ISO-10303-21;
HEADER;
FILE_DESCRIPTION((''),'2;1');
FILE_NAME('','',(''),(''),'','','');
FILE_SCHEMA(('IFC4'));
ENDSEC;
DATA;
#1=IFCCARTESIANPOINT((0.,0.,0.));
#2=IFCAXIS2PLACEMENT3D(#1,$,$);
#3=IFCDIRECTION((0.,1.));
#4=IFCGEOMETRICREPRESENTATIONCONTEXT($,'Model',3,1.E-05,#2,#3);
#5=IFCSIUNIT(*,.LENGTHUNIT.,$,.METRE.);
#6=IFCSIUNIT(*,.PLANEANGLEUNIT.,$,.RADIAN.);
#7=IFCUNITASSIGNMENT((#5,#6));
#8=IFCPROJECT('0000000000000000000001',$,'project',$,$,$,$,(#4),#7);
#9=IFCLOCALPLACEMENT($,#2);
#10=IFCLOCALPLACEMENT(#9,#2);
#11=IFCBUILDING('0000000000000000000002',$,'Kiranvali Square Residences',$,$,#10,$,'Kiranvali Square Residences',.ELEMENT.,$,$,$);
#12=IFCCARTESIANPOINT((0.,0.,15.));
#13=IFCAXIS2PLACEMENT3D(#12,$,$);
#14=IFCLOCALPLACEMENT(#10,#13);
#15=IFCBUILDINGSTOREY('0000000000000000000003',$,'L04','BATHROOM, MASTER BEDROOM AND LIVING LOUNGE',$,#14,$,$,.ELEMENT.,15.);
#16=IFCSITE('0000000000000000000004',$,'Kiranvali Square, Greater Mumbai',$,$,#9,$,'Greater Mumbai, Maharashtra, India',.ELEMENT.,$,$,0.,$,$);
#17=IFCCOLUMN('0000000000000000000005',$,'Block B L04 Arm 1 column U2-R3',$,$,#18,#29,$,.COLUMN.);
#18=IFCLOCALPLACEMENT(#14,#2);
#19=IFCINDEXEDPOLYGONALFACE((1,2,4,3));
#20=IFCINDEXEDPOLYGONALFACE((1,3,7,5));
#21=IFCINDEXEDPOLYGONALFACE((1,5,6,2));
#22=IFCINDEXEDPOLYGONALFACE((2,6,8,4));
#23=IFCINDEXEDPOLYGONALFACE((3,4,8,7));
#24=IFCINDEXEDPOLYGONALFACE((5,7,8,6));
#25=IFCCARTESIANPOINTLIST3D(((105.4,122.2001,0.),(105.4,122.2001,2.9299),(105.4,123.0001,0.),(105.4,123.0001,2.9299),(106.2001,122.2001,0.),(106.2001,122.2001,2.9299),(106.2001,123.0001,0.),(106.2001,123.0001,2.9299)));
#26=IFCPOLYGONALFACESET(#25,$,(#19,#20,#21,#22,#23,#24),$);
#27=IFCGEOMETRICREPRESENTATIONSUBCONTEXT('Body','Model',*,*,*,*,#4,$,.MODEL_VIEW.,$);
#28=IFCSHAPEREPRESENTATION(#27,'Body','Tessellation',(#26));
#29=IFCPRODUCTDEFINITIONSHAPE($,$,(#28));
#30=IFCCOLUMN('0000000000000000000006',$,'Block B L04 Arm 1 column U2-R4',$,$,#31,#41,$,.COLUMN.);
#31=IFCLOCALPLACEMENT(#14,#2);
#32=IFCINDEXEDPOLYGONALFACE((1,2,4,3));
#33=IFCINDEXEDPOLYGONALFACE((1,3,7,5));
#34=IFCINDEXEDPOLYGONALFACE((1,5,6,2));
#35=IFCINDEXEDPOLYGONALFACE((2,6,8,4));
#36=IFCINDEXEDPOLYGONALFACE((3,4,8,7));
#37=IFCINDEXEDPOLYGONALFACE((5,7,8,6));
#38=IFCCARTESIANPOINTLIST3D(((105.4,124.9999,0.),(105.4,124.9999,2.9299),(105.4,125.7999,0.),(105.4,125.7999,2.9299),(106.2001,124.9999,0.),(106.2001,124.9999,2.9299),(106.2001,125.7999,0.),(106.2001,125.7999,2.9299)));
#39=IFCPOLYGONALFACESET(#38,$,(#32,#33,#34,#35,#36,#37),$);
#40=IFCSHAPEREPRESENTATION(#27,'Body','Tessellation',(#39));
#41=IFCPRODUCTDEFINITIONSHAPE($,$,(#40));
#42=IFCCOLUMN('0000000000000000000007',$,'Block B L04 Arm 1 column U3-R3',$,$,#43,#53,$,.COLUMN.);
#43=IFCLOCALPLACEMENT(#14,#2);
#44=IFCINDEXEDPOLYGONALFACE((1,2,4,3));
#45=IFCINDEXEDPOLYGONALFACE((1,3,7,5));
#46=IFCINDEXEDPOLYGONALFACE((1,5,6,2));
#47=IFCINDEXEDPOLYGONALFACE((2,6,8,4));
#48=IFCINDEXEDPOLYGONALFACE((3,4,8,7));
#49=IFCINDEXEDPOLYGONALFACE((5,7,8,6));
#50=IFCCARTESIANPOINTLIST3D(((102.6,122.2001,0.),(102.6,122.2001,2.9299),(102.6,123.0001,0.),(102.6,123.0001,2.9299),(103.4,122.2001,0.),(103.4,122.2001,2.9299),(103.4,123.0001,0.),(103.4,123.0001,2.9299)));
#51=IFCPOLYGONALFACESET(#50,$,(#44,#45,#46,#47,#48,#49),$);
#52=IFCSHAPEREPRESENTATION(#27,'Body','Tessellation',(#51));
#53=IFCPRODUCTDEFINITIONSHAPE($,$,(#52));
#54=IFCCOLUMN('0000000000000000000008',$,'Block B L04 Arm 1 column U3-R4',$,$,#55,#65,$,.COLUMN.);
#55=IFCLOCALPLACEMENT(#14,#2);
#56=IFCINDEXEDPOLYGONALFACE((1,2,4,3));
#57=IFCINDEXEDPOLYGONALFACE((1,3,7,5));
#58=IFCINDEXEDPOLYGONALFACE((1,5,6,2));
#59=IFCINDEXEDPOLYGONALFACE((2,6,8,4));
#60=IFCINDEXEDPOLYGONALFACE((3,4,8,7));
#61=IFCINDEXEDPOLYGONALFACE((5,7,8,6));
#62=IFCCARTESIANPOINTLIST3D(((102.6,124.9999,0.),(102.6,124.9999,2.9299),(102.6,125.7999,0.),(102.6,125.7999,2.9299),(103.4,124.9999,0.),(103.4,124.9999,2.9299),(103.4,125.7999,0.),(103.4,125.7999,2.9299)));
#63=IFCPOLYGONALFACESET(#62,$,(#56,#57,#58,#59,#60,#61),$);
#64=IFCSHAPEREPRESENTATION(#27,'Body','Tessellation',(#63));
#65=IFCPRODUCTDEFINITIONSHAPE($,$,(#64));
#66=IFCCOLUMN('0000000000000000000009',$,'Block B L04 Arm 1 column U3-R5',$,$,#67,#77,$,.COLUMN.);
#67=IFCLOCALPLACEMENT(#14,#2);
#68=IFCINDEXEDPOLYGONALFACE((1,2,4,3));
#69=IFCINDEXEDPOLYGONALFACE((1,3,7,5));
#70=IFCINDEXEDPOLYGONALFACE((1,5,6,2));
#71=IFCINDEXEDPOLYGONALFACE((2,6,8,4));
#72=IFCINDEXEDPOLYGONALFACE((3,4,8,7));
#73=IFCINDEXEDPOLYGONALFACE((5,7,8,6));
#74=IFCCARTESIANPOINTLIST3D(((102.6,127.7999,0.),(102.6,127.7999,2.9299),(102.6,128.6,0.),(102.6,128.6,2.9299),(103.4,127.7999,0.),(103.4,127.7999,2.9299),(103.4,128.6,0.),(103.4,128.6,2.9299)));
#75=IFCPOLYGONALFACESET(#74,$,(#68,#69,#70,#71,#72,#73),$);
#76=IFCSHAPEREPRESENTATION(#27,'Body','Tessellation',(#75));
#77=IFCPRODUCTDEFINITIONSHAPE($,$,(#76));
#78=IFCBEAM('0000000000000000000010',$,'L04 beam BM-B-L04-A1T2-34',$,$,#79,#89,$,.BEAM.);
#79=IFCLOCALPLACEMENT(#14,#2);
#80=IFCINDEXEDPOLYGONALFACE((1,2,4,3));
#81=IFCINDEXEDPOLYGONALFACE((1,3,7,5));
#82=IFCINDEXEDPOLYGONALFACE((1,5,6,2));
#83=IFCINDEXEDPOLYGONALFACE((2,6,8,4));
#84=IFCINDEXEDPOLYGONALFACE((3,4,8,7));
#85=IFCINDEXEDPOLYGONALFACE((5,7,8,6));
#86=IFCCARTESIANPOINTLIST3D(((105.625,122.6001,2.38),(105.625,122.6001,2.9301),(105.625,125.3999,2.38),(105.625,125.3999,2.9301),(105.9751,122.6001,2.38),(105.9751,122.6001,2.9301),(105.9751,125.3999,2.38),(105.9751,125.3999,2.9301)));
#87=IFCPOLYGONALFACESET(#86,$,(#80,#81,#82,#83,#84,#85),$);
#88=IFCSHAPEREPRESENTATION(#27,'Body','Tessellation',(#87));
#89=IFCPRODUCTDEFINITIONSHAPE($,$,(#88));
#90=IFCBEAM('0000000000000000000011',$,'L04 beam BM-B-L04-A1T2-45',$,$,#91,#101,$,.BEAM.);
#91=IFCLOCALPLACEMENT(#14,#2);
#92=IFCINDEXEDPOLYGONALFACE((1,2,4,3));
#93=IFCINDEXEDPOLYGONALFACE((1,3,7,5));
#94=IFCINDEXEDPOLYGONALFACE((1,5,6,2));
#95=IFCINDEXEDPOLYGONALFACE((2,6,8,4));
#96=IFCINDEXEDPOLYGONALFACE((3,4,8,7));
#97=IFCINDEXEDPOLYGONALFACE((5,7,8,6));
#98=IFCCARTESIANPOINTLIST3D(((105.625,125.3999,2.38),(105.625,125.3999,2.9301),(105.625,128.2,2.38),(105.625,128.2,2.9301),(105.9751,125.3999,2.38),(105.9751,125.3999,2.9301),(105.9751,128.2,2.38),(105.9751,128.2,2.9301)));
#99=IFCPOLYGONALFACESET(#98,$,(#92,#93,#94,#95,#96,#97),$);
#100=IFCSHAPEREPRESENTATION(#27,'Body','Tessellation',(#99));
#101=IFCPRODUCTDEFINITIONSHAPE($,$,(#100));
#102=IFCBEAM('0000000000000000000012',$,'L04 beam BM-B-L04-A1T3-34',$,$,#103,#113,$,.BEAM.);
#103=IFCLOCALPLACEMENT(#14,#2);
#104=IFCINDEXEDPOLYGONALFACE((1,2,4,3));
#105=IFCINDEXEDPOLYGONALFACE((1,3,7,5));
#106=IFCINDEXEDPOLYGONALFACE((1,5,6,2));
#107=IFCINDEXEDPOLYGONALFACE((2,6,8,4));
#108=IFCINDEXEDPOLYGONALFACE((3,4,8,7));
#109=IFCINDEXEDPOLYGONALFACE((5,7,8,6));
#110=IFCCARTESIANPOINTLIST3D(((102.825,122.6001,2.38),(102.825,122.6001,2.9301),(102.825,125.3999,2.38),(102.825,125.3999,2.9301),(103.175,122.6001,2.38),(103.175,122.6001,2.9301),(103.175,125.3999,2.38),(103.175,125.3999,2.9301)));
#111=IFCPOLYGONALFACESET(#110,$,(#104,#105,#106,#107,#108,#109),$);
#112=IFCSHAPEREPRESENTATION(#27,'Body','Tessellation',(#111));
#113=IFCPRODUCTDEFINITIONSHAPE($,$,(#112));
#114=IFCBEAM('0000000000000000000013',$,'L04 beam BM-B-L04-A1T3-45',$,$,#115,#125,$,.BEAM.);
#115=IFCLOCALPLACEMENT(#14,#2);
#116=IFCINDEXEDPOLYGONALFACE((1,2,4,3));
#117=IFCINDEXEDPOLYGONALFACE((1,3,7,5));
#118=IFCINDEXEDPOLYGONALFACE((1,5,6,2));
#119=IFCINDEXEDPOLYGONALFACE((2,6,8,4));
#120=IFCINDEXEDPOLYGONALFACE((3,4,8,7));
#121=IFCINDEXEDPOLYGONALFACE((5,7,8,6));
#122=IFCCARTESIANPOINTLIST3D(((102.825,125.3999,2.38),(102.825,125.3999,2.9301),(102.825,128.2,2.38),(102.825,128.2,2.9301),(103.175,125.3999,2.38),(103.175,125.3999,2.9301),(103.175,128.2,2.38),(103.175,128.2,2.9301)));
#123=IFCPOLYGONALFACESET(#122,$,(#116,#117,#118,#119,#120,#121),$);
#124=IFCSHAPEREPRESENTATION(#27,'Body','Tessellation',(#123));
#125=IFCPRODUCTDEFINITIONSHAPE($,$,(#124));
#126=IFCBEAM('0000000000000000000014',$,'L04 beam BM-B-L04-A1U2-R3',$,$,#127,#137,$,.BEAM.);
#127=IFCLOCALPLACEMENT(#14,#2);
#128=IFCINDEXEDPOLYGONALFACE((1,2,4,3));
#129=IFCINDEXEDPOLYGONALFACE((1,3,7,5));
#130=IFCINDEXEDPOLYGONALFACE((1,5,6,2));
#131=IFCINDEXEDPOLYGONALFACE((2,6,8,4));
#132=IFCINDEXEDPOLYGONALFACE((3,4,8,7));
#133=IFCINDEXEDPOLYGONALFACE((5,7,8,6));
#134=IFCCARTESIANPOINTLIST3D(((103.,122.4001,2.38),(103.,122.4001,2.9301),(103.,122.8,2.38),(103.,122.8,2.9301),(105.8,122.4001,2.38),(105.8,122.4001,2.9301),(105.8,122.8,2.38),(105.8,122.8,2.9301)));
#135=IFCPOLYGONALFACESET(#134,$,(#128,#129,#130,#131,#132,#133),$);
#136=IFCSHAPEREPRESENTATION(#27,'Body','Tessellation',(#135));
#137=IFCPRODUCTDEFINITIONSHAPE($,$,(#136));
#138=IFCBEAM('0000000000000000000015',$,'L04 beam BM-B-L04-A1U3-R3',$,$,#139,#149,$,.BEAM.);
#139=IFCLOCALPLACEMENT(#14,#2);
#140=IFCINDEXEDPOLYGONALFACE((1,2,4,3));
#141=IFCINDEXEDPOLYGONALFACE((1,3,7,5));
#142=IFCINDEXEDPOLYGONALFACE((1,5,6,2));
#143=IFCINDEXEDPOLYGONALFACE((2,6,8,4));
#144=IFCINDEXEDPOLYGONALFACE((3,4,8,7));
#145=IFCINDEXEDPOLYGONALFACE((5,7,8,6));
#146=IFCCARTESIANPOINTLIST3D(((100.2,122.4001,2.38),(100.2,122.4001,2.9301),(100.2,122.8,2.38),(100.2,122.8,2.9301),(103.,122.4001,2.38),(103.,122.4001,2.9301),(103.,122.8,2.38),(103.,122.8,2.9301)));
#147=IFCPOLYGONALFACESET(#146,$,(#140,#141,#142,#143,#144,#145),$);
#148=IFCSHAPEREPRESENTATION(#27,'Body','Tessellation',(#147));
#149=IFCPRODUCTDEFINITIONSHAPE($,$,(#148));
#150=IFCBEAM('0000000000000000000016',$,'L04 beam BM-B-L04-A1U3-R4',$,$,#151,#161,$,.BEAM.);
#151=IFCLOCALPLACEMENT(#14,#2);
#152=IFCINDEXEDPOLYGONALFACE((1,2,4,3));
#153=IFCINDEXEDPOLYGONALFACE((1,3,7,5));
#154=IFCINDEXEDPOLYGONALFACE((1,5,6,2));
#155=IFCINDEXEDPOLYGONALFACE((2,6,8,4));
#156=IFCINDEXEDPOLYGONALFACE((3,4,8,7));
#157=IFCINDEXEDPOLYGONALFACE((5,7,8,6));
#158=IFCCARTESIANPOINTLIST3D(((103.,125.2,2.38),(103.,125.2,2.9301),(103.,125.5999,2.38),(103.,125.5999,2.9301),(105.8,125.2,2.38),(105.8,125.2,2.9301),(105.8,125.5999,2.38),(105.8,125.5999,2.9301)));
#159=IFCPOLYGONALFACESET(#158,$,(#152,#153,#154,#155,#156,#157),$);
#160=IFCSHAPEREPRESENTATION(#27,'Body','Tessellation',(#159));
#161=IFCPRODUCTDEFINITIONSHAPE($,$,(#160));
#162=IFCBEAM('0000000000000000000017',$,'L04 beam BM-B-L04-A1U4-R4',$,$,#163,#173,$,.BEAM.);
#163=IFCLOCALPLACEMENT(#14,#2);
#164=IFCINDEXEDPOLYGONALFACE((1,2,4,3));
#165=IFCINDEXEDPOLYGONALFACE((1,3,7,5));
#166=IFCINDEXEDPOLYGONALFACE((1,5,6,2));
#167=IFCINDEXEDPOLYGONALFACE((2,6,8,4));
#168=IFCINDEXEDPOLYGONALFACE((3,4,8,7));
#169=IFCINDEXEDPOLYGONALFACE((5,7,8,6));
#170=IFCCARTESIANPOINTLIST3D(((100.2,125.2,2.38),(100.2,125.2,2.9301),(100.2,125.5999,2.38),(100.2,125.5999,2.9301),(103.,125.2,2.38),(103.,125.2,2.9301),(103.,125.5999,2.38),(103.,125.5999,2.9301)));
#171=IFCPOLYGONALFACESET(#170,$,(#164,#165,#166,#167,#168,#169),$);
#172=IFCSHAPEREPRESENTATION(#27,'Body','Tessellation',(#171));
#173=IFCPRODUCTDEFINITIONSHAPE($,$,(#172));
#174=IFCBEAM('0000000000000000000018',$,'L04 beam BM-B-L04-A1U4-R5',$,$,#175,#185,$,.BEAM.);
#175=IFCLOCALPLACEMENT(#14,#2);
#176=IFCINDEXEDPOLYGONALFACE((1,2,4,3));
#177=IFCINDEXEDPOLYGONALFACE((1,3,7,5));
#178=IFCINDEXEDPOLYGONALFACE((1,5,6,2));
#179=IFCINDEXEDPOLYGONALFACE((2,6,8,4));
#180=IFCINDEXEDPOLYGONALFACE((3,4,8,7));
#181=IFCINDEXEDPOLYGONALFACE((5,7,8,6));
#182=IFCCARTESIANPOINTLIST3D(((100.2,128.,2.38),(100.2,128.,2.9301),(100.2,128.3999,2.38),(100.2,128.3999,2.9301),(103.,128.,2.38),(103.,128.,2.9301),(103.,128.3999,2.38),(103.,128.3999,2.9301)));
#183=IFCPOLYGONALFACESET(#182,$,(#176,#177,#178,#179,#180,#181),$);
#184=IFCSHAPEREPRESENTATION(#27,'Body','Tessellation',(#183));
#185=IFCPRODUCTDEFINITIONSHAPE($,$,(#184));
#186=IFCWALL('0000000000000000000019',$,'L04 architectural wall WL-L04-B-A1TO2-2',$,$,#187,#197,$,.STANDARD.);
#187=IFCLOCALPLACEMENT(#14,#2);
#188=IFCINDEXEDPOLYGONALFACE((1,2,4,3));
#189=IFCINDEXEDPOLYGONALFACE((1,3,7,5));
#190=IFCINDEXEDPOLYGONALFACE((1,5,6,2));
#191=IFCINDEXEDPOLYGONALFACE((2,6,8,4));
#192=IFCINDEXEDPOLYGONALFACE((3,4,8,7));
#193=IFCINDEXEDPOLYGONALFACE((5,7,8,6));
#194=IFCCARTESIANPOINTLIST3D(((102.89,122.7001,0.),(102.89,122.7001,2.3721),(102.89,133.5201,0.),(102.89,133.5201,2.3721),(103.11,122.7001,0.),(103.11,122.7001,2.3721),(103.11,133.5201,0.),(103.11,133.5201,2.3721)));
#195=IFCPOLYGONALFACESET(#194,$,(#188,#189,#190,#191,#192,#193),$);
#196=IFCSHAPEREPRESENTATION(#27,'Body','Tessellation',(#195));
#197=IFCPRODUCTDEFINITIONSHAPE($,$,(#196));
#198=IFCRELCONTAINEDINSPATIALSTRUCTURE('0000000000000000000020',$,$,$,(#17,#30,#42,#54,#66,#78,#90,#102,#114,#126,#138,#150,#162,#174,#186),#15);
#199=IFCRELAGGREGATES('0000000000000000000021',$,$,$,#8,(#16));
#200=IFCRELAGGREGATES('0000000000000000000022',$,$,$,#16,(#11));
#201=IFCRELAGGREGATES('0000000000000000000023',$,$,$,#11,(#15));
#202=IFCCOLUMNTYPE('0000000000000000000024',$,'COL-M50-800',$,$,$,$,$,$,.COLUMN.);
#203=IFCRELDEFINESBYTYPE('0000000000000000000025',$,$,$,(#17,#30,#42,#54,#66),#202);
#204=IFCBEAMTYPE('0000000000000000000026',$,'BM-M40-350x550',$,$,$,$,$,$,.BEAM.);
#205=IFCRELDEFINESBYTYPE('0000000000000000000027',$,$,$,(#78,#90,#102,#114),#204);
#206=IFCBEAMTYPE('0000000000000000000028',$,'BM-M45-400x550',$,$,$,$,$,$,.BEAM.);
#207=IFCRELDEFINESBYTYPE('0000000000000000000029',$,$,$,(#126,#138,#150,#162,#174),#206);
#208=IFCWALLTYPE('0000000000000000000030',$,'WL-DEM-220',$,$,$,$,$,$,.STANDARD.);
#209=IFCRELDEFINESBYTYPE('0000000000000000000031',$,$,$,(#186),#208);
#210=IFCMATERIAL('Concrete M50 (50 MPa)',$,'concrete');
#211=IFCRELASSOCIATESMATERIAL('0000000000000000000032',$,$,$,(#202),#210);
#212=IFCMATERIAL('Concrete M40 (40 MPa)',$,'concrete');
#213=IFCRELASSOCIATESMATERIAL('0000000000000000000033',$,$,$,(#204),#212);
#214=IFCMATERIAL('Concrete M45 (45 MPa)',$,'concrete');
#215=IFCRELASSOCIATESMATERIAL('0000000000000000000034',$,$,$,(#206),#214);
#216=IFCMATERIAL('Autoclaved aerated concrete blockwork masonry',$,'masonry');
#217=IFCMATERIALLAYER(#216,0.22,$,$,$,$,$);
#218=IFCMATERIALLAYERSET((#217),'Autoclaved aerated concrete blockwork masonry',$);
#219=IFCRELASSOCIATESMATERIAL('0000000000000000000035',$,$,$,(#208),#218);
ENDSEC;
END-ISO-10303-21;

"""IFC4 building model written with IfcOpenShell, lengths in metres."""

from ifc_helpers import new_model, si_unit, direction, frame, frame_2d, origin, origin_2d, place, context, subcontext, project, spatial, rectangle, extrude, material, layer, layer_set, material_profile, profile_set, type_object, element, save


model = new_model("IFC4")

# Units and contexts
model_context = context("Model", 3, precision=1e-05, world=origin(), true_north=direction((0.0, 1.0)))
body_context = subcontext(model_context, "Body", "Model", "MODEL_VIEW")
ifc_project = project(units=[si_unit("LENGTHUNIT", "METRE"), si_unit("PLANEANGLEUNIT", "RADIAN")], contexts=[model_context])

# Site, building, storey
site_placement = place(None, origin())
site = spatial("IfcSite", under=ifc_project, at=site_placement, Name="Kiranvali Square, Greater Mumbai", LongName="Greater Mumbai, Maharashtra, India", CompositionType="ELEMENT", RefElevation=0.0)
building_placement = place(site_placement, origin())
building = spatial("IfcBuilding", under=site, at=building_placement, Name="Kiranvali Square Residences", LongName="Kiranvali Square Residences", CompositionType="ELEMENT")
storey_placement = place(building_placement, frame((0.0, 0.0, 15.0)))
storey = spatial("IfcBuildingStorey", under=building, at=storey_placement, Name="L04", Description="BATHROOM, MASTER BEDROOM AND LIVING LOUNGE", CompositionType="ELEMENT", Elevation=15.0)

# Columns
ifc_material_1 = material(Name="Concrete M50 (50 MPa)", Category="concrete")
ifc_material_profile_1 = material_profile(ifc_material_1, rectangle(XDim=0.8, YDim=0.8, at=origin_2d()), Name="RC 800x800")
ifc_profile_set_1 = profile_set([ifc_material_profile_1], Name="Concrete M50 (50 MPa)")
column_type = type_object("IfcColumnType", Name="COL-M50-800", PredefinedType="COLUMN", material=ifc_profile_set_1)
for number, where, z_axis, x_axis, name in (
    (1, (105.8, 122.6001, 0.0), (0.0, 0.0, 1.0), (1.0, 0.0, 0.0), "Block B L04 Arm 1 column U2-R3"),
    (2, (105.8, 125.3999, 0.0), (0.0, 0.0, 1.0), (1.0, 0.0, 0.0), "Block B L04 Arm 1 column U2-R4"),
    (3, (103.0, 122.6001, 0.0), (0.0, 0.0, 1.0), (1.0, 0.0, 0.0), "Block B L04 Arm 1 column U3-R3"),
    (4, (103.0, 125.3999, 0.0), (0.0, 0.0, 1.0), (1.0, 0.0, 0.0), "Block B L04 Arm 1 column U3-R4"),
    (5, (103.0, 128.2, 0.0), (0.0, 0.0, 1.0), (1.0, 0.0, 0.0), "Block B L04 Arm 1 column U3-R5"),
):
    element("IfcColumn", number, at=place(storey_placement, frame(where, z_axis=z_axis, x_axis=x_axis)), inside=storey, type_object=column_type, Name=name, PredefinedType="COLUMN", context=body_context, shape_type="SweptSolid", body=[
        extrude(rectangle(XDim=0.8, YDim=0.8, at=origin_2d()), origin(), (0.0, 0.0, 1.0), 2.9299),
    ])

# Beams
ifc_material_2 = material(Name="Concrete M40 (40 MPa)", Category="concrete")
ifc_material_profile_2 = material_profile(ifc_material_2, rectangle(XDim=0.3501, YDim=0.55, at=origin_2d()), Name="RC 350x550")
ifc_profile_set_2 = profile_set([ifc_material_profile_2], Name="Concrete M40 (40 MPa)")
beam_type_1 = type_object("IfcBeamType", Name="BM-M40-350x550", PredefinedType="BEAM", material=ifc_profile_set_2)
beam_1_placement = place(storey_placement, frame((105.8, 122.6001, 2.655), z_axis=(0.0, 1.0, 0.0), x_axis=(-1.0, 0.0, 0.0)))
element("IfcBeam", 6, at=beam_1_placement, inside=storey, type_object=beam_type_1, Name="L04 beam BM-B-L04-A1T2-34", PredefinedType="BEAM", context=body_context, shape_type="SweptSolid", body=[
    extrude(rectangle(XDim=0.3501, YDim=0.55, at=origin_2d()), origin(), (0.0, 0.0, 1.0), 2.7998),
])
beam_2_placement = place(storey_placement, frame((105.8, 125.3999, 2.655), z_axis=(0.0, 1.0, 0.0), x_axis=(-1.0, 0.0, 0.0)))
element("IfcBeam", 7, at=beam_2_placement, inside=storey, type_object=beam_type_1, Name="L04 beam BM-B-L04-A1T2-45", PredefinedType="BEAM", context=body_context, shape_type="SweptSolid", body=[
    extrude(rectangle(XDim=0.3501, YDim=0.55, at=origin_2d()), origin(), (0.0, 0.0, 1.0), 2.8),
])
beam_3_placement = place(storey_placement, frame((103.0, 122.6001, 2.655), z_axis=(0.0, 1.0, 0.0), x_axis=(-1.0, 0.0, 0.0)))
element("IfcBeam", 8, at=beam_3_placement, inside=storey, type_object=beam_type_1, Name="L04 beam BM-B-L04-A1T3-34", PredefinedType="BEAM", context=body_context, shape_type="SweptSolid", body=[
    extrude(rectangle(XDim=0.3501, YDim=0.55, at=origin_2d()), origin(), (0.0, 0.0, 1.0), 2.7998),
])
beam_4_placement = place(storey_placement, frame((103.0, 125.3999, 2.655), z_axis=(0.0, 1.0, 0.0), x_axis=(-1.0, 0.0, 0.0)))
element("IfcBeam", 9, at=beam_4_placement, inside=storey, type_object=beam_type_1, Name="L04 beam BM-B-L04-A1T3-45", PredefinedType="BEAM", context=body_context, shape_type="SweptSolid", body=[
    extrude(rectangle(XDim=0.3501, YDim=0.55, at=origin_2d()), origin(), (0.0, 0.0, 1.0), 2.8),
])
ifc_material_3 = material(Name="Concrete M45 (45 MPa)", Category="concrete")
ifc_material_profile_3 = material_profile(ifc_material_3, rectangle(XDim=0.3999, YDim=0.55, at=origin_2d()), Name="RC 400x550")
ifc_profile_set_3 = profile_set([ifc_material_profile_3], Name="Concrete M45 (45 MPa)")
beam_type_2 = type_object("IfcBeamType", Name="BM-M45-400x550", PredefinedType="BEAM", material=ifc_profile_set_3)
for number, where, z_axis, x_axis, name in (
    (10, (105.8, 122.6001, 2.655), (-1.0, 0.0, 0.0), (0.0, -1.0, 0.0), "L04 beam BM-B-L04-A1U2-R3"),
    (11, (103.0, 122.6001, 2.655), (-1.0, 0.0, 0.0), (0.0, -1.0, 0.0), "L04 beam BM-B-L04-A1U3-R3"),
    (12, (105.8, 125.3999, 2.655), (-1.0, 0.0, 0.0), (0.0, -1.0, 0.0), "L04 beam BM-B-L04-A1U3-R4"),
    (13, (103.0, 125.3999, 2.655), (-1.0, 0.0, 0.0), (0.0, -1.0, 0.0), "L04 beam BM-B-L04-A1U4-R4"),
    (14, (103.0, 128.2, 2.655), (-1.0, 0.0, 0.0), (0.0, -1.0, 0.0), "L04 beam BM-B-L04-A1U4-R5"),
):
    element("IfcBeam", number, at=place(storey_placement, frame(where, z_axis=z_axis, x_axis=x_axis)), inside=storey, type_object=beam_type_2, Name=name, PredefinedType="BEAM", context=body_context, shape_type="SweptSolid", body=[
        extrude(rectangle(XDim=0.3999, YDim=0.55, at=origin_2d()), origin(), (0.0, 0.0, 1.0), 2.8),
    ])

# Wall
ifc_material_4 = material(Name="Autoclaved aerated concrete blockwork masonry", Category="masonry")
ifc_layer_1 = layer(ifc_material_4, 0.22)
ifc_layer_set_1 = layer_set([ifc_layer_1], Name="Autoclaved aerated concrete blockwork masonry")
wall_type_1 = type_object("IfcWallType", Name="WL-DEM-220", PredefinedType="STANDARD", material=ifc_layer_set_1)
wall_1_placement = place(storey_placement, frame((103.0, 122.7, 0.0), z_axis=(0.0, 0.0, 1.0), x_axis=(0.0, 1.0, 0.0)))
element("IfcWall", 15, at=wall_1_placement, inside=storey, type_object=wall_type_1, Name="L04 architectural wall WL-L04-B-A1TO2-2", PredefinedType="STANDARD", context=body_context, shape_type="SweptSolid", body=[
    extrude(rectangle(XDim=10.8201, YDim=0.22, at=frame_2d((5.4102, 0.0))), origin(), (0.0, 0.0, 1.0), 2.3721),
])

save(model, "model.ifc")
